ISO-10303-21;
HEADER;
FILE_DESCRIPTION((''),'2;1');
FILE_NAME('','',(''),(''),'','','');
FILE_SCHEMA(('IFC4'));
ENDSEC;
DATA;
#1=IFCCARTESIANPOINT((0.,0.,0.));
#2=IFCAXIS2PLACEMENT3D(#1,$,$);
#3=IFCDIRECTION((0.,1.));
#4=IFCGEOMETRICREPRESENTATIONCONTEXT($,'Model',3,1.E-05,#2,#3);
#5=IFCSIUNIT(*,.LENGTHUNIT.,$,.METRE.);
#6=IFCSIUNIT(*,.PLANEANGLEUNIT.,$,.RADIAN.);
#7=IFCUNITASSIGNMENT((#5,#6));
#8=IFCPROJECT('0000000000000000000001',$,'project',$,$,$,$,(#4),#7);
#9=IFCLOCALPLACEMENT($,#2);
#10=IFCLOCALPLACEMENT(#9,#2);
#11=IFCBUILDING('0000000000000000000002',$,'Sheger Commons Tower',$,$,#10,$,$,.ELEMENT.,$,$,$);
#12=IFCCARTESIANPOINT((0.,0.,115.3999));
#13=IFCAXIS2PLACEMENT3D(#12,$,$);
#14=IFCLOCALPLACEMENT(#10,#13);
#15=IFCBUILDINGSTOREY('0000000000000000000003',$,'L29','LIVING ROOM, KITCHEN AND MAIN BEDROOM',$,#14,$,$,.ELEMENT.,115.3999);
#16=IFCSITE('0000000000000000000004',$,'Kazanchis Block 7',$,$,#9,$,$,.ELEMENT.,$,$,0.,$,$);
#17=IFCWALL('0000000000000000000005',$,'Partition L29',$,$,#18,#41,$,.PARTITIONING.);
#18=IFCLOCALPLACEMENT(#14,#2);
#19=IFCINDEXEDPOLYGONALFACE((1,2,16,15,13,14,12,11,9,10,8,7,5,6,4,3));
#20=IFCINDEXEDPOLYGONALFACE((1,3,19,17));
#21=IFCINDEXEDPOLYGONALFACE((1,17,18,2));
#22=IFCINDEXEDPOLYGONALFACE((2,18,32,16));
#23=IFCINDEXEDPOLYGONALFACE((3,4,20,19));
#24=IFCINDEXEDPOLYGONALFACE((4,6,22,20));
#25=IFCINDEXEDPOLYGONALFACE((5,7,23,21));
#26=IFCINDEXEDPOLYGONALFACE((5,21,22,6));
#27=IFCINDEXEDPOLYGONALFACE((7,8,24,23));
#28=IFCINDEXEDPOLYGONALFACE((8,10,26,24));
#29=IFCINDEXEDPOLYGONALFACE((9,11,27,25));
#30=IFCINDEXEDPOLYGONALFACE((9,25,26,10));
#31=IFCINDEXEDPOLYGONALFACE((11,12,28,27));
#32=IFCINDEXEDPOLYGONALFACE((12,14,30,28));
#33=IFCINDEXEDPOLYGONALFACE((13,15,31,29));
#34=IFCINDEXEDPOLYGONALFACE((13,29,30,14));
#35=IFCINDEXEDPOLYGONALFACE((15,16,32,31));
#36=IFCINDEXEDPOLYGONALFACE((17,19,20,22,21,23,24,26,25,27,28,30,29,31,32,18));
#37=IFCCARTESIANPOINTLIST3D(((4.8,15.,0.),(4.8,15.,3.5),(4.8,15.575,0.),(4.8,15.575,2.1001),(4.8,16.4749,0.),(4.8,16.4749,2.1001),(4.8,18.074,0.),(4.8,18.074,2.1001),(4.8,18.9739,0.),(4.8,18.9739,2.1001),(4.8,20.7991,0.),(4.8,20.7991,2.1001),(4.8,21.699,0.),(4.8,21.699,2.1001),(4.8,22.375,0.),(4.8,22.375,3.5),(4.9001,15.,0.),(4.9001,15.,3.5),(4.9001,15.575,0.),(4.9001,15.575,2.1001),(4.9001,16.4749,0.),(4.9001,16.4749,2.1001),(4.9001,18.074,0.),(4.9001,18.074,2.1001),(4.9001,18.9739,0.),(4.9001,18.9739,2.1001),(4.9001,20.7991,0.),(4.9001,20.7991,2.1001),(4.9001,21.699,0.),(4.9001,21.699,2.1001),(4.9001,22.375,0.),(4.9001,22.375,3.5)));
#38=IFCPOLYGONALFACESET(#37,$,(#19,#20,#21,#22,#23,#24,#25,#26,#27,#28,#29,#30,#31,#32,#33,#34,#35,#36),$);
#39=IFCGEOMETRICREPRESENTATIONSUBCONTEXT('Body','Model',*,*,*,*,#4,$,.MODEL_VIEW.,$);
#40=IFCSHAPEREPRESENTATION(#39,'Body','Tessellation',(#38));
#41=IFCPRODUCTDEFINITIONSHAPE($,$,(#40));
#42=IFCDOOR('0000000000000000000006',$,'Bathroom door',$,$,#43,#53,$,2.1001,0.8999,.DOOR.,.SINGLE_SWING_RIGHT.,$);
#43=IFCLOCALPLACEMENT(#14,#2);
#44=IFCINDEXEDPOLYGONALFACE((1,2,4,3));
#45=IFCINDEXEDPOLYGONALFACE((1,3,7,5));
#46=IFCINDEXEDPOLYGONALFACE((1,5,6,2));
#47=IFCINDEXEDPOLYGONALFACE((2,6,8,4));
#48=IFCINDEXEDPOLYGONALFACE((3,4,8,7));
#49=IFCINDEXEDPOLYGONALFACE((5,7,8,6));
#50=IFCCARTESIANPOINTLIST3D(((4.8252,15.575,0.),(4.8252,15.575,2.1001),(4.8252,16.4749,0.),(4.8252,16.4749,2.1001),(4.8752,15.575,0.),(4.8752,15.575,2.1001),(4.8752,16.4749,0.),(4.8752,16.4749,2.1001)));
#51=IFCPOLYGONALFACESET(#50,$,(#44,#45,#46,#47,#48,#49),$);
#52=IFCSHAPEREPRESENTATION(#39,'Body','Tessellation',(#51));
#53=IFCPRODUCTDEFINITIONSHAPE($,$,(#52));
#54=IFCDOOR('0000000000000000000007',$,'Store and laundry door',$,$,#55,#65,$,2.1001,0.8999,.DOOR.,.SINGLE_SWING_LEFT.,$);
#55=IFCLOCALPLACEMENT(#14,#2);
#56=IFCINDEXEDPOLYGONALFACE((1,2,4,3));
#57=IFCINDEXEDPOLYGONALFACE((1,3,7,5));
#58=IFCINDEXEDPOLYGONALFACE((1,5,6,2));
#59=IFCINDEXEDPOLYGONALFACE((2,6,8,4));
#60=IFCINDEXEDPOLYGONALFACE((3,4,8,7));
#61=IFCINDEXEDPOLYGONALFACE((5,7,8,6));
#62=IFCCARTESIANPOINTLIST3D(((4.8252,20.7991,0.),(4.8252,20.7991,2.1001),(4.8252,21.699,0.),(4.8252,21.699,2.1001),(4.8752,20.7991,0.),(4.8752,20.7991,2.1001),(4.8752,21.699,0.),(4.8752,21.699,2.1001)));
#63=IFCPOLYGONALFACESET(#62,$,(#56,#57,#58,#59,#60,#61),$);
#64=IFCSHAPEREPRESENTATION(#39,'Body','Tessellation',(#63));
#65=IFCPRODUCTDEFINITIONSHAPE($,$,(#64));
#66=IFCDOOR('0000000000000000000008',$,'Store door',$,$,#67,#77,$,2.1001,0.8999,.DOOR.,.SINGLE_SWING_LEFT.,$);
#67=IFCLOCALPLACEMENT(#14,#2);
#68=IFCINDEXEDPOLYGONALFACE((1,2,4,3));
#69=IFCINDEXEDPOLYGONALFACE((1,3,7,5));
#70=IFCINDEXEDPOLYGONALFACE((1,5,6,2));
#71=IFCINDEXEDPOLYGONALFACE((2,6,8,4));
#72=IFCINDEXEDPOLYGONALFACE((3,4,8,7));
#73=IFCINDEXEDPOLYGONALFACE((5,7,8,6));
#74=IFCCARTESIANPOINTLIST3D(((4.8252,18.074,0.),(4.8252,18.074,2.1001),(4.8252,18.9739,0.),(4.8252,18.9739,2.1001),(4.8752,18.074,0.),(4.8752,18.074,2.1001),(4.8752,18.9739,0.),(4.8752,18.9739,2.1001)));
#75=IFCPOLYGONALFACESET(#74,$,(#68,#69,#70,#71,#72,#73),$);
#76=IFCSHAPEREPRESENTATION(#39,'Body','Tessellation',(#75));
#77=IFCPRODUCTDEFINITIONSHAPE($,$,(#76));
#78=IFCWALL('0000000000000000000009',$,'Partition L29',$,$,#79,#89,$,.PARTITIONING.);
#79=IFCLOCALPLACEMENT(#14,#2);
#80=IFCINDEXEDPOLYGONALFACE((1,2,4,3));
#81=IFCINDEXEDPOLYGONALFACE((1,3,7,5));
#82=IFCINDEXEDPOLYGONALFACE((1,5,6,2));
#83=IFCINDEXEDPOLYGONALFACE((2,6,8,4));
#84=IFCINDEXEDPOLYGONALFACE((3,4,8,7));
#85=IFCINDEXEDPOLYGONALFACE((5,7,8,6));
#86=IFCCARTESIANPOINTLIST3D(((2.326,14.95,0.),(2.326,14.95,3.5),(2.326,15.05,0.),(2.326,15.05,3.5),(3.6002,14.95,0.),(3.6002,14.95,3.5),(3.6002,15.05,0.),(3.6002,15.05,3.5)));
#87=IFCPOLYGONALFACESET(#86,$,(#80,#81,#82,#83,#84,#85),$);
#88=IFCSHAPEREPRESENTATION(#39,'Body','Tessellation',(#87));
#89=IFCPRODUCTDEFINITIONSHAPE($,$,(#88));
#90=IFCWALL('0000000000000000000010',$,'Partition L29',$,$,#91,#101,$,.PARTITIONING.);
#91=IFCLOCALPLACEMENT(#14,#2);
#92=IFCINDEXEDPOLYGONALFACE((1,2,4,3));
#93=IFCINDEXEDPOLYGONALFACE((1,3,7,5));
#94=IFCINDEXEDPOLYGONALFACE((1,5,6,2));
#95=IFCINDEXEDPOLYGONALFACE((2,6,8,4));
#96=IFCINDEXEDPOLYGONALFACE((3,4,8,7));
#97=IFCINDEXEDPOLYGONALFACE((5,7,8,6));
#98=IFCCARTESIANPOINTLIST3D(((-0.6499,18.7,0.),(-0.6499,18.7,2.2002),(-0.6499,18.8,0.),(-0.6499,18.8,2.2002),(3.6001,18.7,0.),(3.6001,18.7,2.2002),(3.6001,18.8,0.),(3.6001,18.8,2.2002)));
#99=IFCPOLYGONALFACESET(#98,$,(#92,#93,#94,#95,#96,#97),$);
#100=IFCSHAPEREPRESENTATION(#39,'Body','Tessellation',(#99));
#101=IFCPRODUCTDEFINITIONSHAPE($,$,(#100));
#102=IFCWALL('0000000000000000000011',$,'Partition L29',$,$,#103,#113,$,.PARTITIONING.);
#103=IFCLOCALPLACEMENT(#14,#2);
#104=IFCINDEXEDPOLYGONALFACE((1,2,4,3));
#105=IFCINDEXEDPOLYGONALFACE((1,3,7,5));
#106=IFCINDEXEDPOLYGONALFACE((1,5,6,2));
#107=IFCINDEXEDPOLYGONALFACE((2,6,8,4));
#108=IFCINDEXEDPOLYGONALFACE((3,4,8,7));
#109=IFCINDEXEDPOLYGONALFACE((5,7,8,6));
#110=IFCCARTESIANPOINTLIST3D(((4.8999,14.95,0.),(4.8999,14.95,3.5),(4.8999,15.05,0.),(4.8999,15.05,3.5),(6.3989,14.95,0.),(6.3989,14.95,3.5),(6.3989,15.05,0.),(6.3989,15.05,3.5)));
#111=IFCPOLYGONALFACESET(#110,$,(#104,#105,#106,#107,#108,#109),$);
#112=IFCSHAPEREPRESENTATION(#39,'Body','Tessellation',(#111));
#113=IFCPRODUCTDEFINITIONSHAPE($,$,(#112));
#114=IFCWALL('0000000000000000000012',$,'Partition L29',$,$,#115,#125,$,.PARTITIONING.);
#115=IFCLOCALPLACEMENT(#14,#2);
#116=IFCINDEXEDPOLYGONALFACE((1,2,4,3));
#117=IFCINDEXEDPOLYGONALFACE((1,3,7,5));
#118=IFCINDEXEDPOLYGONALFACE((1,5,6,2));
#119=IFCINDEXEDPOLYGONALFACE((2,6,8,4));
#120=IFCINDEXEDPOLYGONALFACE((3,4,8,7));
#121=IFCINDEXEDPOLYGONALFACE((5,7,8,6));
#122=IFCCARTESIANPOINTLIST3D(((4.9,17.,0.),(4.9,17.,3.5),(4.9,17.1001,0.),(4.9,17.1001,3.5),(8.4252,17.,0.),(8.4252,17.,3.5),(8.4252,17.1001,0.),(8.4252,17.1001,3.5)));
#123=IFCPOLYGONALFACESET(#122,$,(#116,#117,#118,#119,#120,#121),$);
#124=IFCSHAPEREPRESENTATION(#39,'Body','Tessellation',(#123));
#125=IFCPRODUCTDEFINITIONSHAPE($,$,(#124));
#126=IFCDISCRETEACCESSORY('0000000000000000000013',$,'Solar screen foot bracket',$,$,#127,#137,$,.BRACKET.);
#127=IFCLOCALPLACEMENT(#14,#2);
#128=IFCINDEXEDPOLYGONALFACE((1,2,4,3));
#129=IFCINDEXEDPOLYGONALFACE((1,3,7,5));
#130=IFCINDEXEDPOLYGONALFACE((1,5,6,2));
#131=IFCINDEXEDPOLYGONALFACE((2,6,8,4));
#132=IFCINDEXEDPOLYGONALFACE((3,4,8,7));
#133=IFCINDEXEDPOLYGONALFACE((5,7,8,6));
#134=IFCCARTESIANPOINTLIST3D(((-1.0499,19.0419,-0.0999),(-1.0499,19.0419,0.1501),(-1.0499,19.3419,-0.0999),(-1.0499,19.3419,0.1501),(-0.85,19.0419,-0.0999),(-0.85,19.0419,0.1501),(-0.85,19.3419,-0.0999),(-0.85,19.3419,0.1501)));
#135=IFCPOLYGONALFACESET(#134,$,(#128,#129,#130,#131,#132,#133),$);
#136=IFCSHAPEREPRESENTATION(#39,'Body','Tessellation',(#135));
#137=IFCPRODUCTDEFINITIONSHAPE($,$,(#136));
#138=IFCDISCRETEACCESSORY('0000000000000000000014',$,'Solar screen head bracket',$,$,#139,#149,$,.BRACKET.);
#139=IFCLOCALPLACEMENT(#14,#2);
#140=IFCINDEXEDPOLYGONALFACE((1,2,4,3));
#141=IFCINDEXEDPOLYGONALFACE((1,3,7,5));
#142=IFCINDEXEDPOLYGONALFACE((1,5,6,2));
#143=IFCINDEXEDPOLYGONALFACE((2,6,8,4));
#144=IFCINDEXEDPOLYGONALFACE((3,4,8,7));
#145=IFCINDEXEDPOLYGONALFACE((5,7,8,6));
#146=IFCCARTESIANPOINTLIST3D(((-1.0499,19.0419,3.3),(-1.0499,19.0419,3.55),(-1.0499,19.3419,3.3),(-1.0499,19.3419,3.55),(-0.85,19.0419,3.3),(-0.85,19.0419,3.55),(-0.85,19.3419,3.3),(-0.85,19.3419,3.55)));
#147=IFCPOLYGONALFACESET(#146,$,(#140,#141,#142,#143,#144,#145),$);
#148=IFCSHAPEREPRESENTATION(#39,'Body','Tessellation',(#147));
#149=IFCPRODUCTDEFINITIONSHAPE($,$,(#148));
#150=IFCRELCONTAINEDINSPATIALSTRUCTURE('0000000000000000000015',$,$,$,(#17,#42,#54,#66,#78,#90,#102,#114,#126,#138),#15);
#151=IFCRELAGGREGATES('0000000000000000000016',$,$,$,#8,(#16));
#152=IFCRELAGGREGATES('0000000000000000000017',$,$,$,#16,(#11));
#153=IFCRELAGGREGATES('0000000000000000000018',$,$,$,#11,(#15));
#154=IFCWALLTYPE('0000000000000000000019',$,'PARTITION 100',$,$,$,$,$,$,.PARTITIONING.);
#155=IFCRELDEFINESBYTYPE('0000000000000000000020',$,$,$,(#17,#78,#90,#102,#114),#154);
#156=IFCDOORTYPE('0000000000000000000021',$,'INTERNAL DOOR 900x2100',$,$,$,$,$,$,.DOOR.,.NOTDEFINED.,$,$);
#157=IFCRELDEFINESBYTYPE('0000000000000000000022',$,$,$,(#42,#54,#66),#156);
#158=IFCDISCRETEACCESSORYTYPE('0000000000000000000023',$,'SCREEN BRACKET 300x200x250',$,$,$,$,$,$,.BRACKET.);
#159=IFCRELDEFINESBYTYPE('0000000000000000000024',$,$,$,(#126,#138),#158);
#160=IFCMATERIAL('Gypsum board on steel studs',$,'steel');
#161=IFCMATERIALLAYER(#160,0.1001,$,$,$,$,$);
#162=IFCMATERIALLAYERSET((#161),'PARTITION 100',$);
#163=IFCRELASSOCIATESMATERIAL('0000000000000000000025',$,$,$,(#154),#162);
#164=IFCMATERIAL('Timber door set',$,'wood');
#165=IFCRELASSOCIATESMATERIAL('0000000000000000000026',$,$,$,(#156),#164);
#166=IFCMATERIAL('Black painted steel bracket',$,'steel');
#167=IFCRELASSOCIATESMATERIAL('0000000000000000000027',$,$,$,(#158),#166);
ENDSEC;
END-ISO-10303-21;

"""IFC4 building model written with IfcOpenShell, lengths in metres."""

from ifc_helpers import new_model, si_unit, direction, frame, frame_2d, origin, origin_2d, place, context, subcontext, project, spatial, rectangle, extrude, material, layer, layer_set, type_object, element, fill, save


model = new_model("IFC4")

# Units and contexts
model_context = context("Model", 3, precision=1e-05, world=origin(), true_north=direction((0.0, 1.0)))
body_context = subcontext(model_context, "Body", "Model", "MODEL_VIEW")
ifc_project = project(units=[si_unit("LENGTHUNIT", "METRE"), si_unit("PLANEANGLEUNIT", "RADIAN")], contexts=[model_context])

# Site, building, storey
site_placement = place(None, origin())
site = spatial("IfcSite", under=ifc_project, at=site_placement, Name="Kazanchis Block 7", CompositionType="ELEMENT", RefElevation=0.0)
building_placement = place(site_placement, origin())
building = spatial("IfcBuilding", under=site, at=building_placement, Name="Sheger Commons Tower", CompositionType="ELEMENT")
storey_placement = place(building_placement, frame((0.0, 0.0, 115.3999)))
storey = spatial("IfcBuildingStorey", under=building, at=storey_placement, Name="L29", Description="LIVING ROOM, KITCHEN AND MAIN BEDROOM", CompositionType="ELEMENT", Elevation=115.3999)

# Wall, openings, doors
ifc_material_1 = material(Name="Gypsum board on steel studs", Category="steel")
ifc_layer_1 = layer(ifc_material_1, 0.1001)
ifc_layer_set_1 = layer_set([ifc_layer_1], Name="PARTITION 100")
wall_type_1 = type_object("IfcWallType", Name="PARTITION 100", PredefinedType="PARTITIONING", material=ifc_layer_set_1)
ifc_material_2 = material(Name="Timber door set", Category="wood")
door_type = type_object("IfcDoorType", Name="INTERNAL DOOR 900x2100", OperationType="NOTDEFINED", PredefinedType="DOOR", material=ifc_material_2)
wall_1_placement = place(storey_placement, frame((4.8501, 15.0, 0.0), z_axis=(0.0, 0.0, 1.0), x_axis=(0.0, 1.0, 0.0)))
wall_1 = element("IfcWall", 1, at=wall_1_placement, inside=storey, type_object=wall_type_1, Name="Partition L29", PredefinedType="PARTITIONING", context=body_context, shape_type="SweptSolid", body=[
    extrude(rectangle(XDim=7.375, YDim=0.1001, at=frame_2d((3.6875, 0.0))), origin(), (0.0, 0.0, 1.0), 3.5),
])
opening_1_placement = place(wall_1_placement, frame((0.575, 0.0, 0.0)))
opening_1 = element("IfcOpeningElement", 2, at=opening_1_placement, cuts=wall_1, PredefinedType="OPENING", context=body_context, shape_type="SweptSolid", body=[
    extrude(rectangle(XDim=0.8999, YDim=2.1001, at=frame_2d((0.45, 1.05))), frame((0.0, 0.0601, 0.0), z_axis=(0.0, -1.0, 0.0), x_axis=(1.0, 0.0, 0.0)), (0.0, 0.0, 1.0), 0.1201),
])
opening_2_placement = place(wall_1_placement, frame((5.7991, 0.0, 0.0)))
opening_2 = element("IfcOpeningElement", 3, at=opening_2_placement, cuts=wall_1, PredefinedType="OPENING", context=body_context, shape_type="SweptSolid", body=[
    extrude(rectangle(XDim=0.8999, YDim=2.1001, at=frame_2d((0.45, 1.05))), frame((0.0, 0.0601, 0.0), z_axis=(0.0, -1.0, 0.0), x_axis=(1.0, 0.0, 0.0)), (0.0, 0.0, 1.0), 0.1201),
])
opening_3_placement = place(wall_1_placement, frame((3.074, 0.0, 0.0)))
opening_3 = element("IfcOpeningElement", 4, at=opening_3_placement, cuts=wall_1, PredefinedType="OPENING", context=body_context, shape_type="SweptSolid", body=[
    extrude(rectangle(XDim=0.8999, YDim=2.1001, at=frame_2d((0.45, 1.05))), frame((0.0, 0.0601, 0.0), z_axis=(0.0, -1.0, 0.0), x_axis=(1.0, 0.0, 0.0)), (0.0, 0.0, 1.0), 0.1201),
])
door_1_placement = place(opening_1_placement, origin())
door_1 = element("IfcDoor", 5, at=door_1_placement, inside=storey, type_object=door_type, Name="Bathroom door", OperationType="SINGLE_SWING_RIGHT", OverallHeight=2.1001, OverallWidth=0.8999, PredefinedType="DOOR", context=body_context, shape_type="SweptSolid", body=[
    extrude(rectangle(XDim=0.8999, YDim=2.1001, at=frame_2d((0.45, 1.05))), frame((0.0, 0.0249, 0.0), z_axis=(0.0, -1.0, 0.0), x_axis=(1.0, 0.0, 0.0)), (0.0, 0.0, 1.0), 0.05),
])
fill(opening_1, door_1)
door_2_placement = place(opening_2_placement, origin())
door_2 = element("IfcDoor", 6, at=door_2_placement, inside=storey, type_object=door_type, Name="Store and laundry door", OperationType="SINGLE_SWING_LEFT", OverallHeight=2.1001, OverallWidth=0.8999, PredefinedType="DOOR", context=body_context, shape_type="SweptSolid", body=[
    extrude(rectangle(XDim=0.8999, YDim=2.1001, at=frame_2d((0.45, 1.05))), frame((0.0, 0.0249, 0.0), z_axis=(0.0, -1.0, 0.0), x_axis=(1.0, 0.0, 0.0)), (0.0, 0.0, 1.0), 0.05),
])
fill(opening_2, door_2)
door_3_placement = place(opening_3_placement, origin())
door_3 = element("IfcDoor", 7, at=door_3_placement, inside=storey, type_object=door_type, Name="Store door", OperationType="SINGLE_SWING_LEFT", OverallHeight=2.1001, OverallWidth=0.8999, PredefinedType="DOOR", context=body_context, shape_type="SweptSolid", body=[
    extrude(rectangle(XDim=0.8999, YDim=2.1001, at=frame_2d((0.45, 1.05))), frame((0.0, 0.0249, 0.0), z_axis=(0.0, -1.0, 0.0), x_axis=(1.0, 0.0, 0.0)), (0.0, 0.0, 1.0), 0.05),
])
fill(opening_3, door_3)

# Walls
wall_2_placement = place(storey_placement, frame((2.3259, 15.0, 0.0), z_axis=(0.0, 0.0, 1.0), x_axis=(1.0, 0.0, 0.0)))
element("IfcWall", 8, at=wall_2_placement, inside=storey, type_object=wall_type_1, Name="Partition L29", PredefinedType="PARTITIONING", context=body_context, shape_type="SweptSolid", body=[
    extrude(rectangle(XDim=1.2742, YDim=0.1001, at=frame_2d((0.6372, 0.0))), origin(), (0.0, 0.0, 1.0), 3.5),
])
wall_3_placement = place(storey_placement, frame((-0.6499, 18.75, 0.0), z_axis=(0.0, 0.0, 1.0), x_axis=(1.0, 0.0, 0.0)))
element("IfcWall", 9, at=wall_3_placement, inside=storey, type_object=wall_type_1, Name="Partition L29", PredefinedType="PARTITIONING", context=body_context, shape_type="SweptSolid", body=[
    extrude(rectangle(XDim=4.25, YDim=0.1001, at=frame_2d((2.125, 0.0))), origin(), (0.0, 0.0, 1.0), 2.2002),
])
wall_4_placement = place(storey_placement, frame((4.8999, 15.0, 0.0), z_axis=(0.0, 0.0, 1.0), x_axis=(1.0, 0.0, 0.0)))
element("IfcWall", 10, at=wall_4_placement, inside=storey, type_object=wall_type_1, Name="Partition L29", PredefinedType="PARTITIONING", context=body_context, shape_type="SweptSolid", body=[
    extrude(rectangle(XDim=1.499, YDim=0.1001, at=frame_2d((0.7495, 0.0))), origin(), (0.0, 0.0, 1.0), 3.5),
])
wall_5_placement = place(storey_placement, frame((4.8999, 17.05, 0.0), z_axis=(0.0, 0.0, 1.0), x_axis=(1.0, 0.0, 0.0)))
element("IfcWall", 11, at=wall_5_placement, inside=storey, type_object=wall_type_1, Name="Partition L29", PredefinedType="PARTITIONING", context=body_context, shape_type="SweptSolid", body=[
    extrude(rectangle(XDim=3.5251, YDim=0.1001, at=frame_2d((1.7627, 0.0))), origin(), (0.0, 0.0, 1.0), 3.5),
])

# Discrete accessories
ifc_material_3 = material(Name="Black painted steel bracket", Category="steel")
discrete_accessory_type = type_object("IfcDiscreteAccessoryType", Name="SCREEN BRACKET 300x200x250", PredefinedType="BRACKET", material=ifc_material_3)
for number, where, z_axis, x_axis, name in (
    (12, (-0.95, 19.1919, -0.0999), (0.0, 0.0, 1.0), (0.0, -1.0, 0.0), "Solar screen foot bracket"),
    (13, (-0.95, 19.1919, 3.3), (0.0, 0.0, 1.0), (0.0, -1.0, 0.0), "Solar screen head bracket"),
):
    element("IfcDiscreteAccessory", number, at=place(storey_placement, frame(where, z_axis=z_axis, x_axis=x_axis)), inside=storey, type_object=discrete_accessory_type, Name=name, PredefinedType="BRACKET", context=body_context, shape_type="SweptSolid", body=[
        extrude(rectangle(XDim=0.3, YDim=0.2, at=origin_2d()), origin(), (0.0, 0.0, 1.0), 0.25),
    ])

save(model, "model.ifc")
